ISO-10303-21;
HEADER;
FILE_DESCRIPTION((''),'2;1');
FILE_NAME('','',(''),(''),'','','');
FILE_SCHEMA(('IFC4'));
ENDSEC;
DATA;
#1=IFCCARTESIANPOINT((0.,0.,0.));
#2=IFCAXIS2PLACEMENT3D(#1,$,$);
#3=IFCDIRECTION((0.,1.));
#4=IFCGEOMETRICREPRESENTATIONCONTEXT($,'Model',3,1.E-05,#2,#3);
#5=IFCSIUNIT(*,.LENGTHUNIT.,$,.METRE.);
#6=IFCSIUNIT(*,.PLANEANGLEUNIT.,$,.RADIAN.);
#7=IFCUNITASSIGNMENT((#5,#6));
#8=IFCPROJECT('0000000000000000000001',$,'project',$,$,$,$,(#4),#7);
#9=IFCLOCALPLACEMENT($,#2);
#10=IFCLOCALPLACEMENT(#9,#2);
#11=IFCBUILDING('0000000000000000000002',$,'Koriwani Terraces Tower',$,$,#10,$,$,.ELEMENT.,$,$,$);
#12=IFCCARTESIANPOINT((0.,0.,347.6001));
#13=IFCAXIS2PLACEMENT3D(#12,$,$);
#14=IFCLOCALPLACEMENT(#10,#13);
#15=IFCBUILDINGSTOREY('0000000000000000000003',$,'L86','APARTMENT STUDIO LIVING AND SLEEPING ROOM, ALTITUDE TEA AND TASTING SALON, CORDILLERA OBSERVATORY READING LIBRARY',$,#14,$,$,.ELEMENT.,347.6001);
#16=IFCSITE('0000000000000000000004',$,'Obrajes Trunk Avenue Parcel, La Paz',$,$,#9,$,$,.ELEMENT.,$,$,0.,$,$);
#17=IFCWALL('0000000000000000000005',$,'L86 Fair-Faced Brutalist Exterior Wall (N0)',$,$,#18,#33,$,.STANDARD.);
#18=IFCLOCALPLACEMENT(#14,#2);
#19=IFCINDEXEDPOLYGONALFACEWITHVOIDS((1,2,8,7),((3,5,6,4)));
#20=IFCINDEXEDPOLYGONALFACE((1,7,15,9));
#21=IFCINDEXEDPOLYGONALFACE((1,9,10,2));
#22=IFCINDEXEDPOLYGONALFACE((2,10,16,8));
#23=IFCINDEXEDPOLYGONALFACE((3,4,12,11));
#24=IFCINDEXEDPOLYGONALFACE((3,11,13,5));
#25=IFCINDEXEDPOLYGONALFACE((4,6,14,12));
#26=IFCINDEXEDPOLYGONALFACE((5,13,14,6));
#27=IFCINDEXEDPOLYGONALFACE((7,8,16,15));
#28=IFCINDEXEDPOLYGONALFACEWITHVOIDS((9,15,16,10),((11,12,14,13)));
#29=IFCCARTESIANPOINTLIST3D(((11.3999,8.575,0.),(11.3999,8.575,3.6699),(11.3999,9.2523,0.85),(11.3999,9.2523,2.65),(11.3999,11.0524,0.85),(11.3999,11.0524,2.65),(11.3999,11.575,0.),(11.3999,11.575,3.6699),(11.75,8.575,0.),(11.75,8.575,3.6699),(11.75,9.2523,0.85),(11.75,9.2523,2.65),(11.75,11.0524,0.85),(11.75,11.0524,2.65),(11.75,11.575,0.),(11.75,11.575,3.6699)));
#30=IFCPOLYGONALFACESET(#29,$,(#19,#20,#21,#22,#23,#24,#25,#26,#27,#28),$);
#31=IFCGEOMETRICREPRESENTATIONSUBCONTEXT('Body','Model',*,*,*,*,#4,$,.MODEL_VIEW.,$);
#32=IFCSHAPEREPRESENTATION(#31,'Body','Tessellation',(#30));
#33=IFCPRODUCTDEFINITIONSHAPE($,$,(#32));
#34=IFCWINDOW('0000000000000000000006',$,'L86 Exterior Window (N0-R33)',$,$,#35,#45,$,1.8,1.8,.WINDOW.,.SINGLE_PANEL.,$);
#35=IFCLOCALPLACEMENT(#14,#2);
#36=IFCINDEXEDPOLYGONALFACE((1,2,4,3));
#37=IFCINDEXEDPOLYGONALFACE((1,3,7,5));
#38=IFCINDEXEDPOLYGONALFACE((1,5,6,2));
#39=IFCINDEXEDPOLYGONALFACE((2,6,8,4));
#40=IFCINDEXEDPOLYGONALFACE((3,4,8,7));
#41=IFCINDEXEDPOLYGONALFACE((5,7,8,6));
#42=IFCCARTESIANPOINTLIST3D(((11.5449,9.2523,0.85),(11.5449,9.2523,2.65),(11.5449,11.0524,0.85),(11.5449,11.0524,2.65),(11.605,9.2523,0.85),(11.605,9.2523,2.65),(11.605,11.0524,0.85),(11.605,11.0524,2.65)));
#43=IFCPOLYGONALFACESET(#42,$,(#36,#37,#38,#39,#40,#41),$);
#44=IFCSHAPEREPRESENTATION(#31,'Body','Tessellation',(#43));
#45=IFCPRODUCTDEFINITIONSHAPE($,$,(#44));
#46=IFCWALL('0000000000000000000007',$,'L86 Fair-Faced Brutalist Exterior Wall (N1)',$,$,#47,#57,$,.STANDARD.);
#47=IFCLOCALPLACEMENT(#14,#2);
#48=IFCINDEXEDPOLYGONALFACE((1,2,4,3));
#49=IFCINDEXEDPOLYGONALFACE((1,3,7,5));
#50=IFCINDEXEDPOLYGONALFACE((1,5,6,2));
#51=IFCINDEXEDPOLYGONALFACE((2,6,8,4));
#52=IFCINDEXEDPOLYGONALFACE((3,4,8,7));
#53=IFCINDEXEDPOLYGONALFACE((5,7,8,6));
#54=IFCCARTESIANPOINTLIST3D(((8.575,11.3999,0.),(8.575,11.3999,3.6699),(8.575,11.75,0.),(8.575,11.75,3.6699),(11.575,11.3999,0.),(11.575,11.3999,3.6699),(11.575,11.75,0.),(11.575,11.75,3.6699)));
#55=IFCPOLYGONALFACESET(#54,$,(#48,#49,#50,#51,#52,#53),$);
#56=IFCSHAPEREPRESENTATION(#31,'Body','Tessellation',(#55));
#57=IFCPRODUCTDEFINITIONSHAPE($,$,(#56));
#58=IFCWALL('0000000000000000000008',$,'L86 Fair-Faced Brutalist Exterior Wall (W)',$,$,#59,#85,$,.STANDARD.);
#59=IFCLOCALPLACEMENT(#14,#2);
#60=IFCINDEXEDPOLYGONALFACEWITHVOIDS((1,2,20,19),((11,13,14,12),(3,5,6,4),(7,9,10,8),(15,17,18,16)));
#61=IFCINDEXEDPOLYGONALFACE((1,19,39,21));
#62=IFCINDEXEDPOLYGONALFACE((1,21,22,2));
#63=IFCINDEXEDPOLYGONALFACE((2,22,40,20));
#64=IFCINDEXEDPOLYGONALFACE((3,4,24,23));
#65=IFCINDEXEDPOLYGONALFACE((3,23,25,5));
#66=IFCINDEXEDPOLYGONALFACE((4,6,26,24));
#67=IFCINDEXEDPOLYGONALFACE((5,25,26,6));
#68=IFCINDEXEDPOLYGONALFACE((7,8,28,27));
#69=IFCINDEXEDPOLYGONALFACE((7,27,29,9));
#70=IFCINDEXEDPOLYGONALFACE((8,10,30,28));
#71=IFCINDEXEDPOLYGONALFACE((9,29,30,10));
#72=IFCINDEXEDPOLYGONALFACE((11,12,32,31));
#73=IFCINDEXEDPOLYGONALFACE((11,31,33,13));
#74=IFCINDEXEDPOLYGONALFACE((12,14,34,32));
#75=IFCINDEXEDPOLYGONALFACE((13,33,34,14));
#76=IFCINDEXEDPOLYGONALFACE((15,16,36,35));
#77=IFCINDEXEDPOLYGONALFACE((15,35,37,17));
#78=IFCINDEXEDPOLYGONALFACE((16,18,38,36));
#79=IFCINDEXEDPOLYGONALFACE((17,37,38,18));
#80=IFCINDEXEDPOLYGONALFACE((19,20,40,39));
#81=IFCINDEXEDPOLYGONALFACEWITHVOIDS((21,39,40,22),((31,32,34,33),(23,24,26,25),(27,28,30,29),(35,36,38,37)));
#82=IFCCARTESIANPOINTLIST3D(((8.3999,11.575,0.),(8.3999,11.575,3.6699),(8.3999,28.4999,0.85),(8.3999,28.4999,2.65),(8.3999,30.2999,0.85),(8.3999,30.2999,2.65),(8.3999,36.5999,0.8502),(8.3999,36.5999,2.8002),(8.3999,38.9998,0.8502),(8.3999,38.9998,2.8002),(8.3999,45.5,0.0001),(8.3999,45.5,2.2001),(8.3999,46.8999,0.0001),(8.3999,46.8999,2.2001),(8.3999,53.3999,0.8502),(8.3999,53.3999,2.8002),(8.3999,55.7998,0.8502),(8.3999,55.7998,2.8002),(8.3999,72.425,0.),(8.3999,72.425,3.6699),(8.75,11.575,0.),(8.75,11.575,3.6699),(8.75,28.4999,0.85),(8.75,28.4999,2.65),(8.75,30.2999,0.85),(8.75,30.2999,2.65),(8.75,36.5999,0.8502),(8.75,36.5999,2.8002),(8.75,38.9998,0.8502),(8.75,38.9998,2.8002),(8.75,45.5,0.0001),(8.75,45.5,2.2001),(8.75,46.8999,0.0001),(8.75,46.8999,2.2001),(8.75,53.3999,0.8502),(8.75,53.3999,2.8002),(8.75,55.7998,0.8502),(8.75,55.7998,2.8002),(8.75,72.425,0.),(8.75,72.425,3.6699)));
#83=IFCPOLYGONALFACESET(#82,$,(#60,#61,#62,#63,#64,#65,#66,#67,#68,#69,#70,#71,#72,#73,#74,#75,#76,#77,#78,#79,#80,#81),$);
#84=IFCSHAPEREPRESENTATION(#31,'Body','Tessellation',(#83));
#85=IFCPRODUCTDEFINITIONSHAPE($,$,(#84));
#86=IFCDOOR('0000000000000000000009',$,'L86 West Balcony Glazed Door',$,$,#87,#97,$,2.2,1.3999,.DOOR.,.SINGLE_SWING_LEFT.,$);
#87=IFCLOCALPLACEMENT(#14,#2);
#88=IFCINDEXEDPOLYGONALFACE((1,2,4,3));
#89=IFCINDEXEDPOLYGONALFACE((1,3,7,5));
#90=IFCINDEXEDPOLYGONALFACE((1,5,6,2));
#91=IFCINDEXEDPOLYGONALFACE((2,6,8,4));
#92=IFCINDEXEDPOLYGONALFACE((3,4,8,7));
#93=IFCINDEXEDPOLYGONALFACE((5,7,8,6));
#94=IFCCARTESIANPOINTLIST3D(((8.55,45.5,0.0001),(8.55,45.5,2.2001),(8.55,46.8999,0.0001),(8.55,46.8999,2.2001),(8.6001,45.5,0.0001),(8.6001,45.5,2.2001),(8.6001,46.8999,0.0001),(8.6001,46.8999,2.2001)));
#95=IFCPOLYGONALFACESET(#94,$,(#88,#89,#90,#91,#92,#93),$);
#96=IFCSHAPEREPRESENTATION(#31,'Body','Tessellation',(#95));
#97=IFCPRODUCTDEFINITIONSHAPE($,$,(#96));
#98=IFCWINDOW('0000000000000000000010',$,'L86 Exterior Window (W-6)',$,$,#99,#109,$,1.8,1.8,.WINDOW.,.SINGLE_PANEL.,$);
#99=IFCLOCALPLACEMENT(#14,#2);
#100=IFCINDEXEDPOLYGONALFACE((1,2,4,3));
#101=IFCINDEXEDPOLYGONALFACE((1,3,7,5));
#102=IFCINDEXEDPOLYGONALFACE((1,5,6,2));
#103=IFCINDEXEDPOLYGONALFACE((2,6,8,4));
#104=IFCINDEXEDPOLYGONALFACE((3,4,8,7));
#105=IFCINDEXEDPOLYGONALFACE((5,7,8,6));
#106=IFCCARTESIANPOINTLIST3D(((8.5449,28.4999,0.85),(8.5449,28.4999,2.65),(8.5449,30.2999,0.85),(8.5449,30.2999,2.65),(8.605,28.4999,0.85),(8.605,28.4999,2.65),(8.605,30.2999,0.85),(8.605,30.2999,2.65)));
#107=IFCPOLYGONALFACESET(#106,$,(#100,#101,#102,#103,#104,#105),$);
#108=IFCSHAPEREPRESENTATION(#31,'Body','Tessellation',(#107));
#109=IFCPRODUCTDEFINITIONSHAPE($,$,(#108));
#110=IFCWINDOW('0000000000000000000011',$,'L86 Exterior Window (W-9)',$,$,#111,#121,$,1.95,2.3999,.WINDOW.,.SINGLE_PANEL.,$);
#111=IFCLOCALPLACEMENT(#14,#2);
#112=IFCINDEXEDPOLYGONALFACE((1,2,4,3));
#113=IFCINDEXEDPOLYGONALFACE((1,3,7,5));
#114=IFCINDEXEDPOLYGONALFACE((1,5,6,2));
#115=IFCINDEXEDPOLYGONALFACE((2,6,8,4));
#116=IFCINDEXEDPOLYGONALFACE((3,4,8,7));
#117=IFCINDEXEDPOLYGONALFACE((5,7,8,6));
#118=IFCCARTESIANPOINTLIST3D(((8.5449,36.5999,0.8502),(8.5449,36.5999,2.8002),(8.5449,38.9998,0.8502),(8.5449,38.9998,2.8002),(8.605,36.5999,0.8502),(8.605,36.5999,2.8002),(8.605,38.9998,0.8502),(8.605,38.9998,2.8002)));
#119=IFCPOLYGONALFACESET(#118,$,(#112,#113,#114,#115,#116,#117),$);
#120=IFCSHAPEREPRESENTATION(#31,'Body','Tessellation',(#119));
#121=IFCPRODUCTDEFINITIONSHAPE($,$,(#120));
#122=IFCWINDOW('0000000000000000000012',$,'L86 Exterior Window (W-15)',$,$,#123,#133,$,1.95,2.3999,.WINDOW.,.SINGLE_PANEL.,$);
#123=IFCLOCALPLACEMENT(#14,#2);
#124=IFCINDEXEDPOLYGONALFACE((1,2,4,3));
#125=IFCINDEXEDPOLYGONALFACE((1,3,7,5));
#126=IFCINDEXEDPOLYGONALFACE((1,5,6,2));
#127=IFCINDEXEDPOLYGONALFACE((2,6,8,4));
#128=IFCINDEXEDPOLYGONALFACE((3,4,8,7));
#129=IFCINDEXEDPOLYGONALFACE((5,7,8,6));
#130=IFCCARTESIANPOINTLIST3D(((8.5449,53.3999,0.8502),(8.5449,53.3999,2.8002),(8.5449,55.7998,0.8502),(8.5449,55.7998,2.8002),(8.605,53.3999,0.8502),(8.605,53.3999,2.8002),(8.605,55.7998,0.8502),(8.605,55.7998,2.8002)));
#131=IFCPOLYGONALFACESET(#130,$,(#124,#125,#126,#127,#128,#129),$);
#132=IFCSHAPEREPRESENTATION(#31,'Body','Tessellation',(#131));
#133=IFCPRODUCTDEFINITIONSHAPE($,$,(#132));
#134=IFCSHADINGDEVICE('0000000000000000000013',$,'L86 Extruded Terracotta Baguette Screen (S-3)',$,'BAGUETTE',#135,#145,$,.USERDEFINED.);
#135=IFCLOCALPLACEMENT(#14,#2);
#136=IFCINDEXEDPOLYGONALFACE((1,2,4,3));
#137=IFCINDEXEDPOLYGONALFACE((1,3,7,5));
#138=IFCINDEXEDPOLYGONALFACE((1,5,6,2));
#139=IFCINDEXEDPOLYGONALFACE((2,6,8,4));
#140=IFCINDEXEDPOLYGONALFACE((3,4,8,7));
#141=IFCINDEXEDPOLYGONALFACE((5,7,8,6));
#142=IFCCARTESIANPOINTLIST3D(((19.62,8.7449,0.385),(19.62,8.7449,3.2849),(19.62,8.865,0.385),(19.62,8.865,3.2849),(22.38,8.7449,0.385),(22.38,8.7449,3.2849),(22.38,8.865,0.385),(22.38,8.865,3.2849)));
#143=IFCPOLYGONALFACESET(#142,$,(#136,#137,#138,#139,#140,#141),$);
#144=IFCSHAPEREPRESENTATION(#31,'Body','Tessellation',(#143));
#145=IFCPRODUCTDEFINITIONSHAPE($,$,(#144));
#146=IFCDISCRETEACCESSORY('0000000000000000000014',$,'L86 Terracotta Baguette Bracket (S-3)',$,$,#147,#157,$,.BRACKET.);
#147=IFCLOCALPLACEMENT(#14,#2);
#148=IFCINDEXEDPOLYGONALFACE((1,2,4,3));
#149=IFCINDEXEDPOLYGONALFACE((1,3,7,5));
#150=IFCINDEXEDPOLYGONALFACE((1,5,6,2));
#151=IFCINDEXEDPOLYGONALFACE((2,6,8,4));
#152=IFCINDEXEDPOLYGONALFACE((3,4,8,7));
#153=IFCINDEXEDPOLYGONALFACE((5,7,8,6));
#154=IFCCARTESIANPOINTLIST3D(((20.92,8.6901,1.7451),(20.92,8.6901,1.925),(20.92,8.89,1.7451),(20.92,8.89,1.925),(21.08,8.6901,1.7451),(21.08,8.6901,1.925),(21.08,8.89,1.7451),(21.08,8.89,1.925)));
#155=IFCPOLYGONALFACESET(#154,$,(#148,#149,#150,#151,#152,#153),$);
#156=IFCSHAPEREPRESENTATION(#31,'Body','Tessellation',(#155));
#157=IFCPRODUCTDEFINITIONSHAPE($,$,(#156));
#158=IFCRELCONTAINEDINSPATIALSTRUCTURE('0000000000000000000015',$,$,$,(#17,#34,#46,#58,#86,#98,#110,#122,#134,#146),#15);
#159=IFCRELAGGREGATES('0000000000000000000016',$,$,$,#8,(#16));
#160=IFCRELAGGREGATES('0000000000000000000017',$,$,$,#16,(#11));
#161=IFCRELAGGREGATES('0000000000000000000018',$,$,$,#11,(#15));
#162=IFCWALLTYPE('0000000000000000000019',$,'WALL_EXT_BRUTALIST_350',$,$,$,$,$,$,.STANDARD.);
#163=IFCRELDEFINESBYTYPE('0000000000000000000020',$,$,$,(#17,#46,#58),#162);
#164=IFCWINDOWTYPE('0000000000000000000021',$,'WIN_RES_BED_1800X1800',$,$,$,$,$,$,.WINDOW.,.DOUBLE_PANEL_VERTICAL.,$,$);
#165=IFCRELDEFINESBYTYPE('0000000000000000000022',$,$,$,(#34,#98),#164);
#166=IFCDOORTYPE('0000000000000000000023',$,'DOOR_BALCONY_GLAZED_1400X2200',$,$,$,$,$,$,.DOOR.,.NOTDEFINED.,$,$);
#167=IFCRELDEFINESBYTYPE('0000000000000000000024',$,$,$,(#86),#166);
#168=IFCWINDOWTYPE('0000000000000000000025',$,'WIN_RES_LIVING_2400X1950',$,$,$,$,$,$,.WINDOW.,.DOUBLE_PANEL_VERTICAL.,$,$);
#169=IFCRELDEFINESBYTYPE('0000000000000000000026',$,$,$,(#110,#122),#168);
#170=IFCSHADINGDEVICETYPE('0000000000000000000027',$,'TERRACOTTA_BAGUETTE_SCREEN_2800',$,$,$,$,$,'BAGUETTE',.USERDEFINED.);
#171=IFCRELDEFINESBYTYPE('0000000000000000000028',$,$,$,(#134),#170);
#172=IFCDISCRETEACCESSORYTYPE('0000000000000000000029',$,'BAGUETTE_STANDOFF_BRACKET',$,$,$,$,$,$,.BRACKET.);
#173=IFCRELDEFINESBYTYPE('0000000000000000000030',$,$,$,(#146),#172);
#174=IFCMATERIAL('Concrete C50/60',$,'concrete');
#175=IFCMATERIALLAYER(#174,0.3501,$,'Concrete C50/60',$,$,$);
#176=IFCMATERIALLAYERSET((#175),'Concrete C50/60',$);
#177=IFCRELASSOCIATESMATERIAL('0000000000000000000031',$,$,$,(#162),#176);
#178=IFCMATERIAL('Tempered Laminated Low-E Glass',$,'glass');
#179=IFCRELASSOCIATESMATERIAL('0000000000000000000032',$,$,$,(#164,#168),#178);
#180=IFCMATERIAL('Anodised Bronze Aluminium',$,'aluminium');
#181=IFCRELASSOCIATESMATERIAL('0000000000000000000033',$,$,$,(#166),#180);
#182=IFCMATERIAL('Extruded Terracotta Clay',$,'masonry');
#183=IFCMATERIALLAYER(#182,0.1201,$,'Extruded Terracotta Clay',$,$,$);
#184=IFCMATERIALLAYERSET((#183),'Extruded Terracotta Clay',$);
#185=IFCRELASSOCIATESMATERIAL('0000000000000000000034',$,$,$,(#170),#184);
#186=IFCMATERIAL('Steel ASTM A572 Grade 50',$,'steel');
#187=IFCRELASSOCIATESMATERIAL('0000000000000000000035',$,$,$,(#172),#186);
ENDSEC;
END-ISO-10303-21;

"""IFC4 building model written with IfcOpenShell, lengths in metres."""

from ifc_helpers import new_model, si_unit, direction, frame, frame_2d, origin, origin_2d, place, context, subcontext, project, spatial, rectangle, extrude, material, layer, layer_set, type_object, element, fill, save


model = new_model("IFC4")

# Units and contexts
model_context = context("Model", 3, precision=1e-05, world=origin(), true_north=direction((0.0, 1.0)))
body_context = subcontext(model_context, "Body", "Model", "MODEL_VIEW")
ifc_project = project(units=[si_unit("LENGTHUNIT", "METRE"), si_unit("PLANEANGLEUNIT", "RADIAN")], contexts=[model_context])

# Site, building, storey
site_placement = place(None, origin())
site = spatial("IfcSite", under=ifc_project, at=site_placement, Name="Obrajes Trunk Avenue Parcel, La Paz", CompositionType="ELEMENT", RefElevation=0.0)
building_placement = place(site_placement, origin())
building = spatial("IfcBuilding", under=site, at=building_placement, Name="Koriwani Terraces Tower", CompositionType="ELEMENT")
storey_placement = place(building_placement, frame((0.0, 0.0, 347.6001)))
storey = spatial("IfcBuildingStorey", under=building, at=storey_placement, Name="L86", Description="APARTMENT STUDIO LIVING AND SLEEPING ROOM, ALTITUDE TEA AND TASTING SALON, CORDILLERA OBSERVATORY READING LIBRARY", CompositionType="ELEMENT", Elevation=347.6001)

# Shared definitions
ifc_material_1 = material(Name="Concrete C50/60", Category="concrete")

# Shared definitions
ifc_material_2 = material(Name="Steel ASTM A572 Grade 50", Category="steel")

# Wall, opening, window
ifc_layer_1 = layer(ifc_material_1, 0.3501, Name="Concrete C50/60")
ifc_layer_set_1 = layer_set([ifc_layer_1], Name="Concrete C50/60")
wall_type_1 = type_object("IfcWallType", Name="WALL_EXT_BRUTALIST_350", PredefinedType="STANDARD", material=ifc_layer_set_1)
wall_1_placement = place(storey_placement, frame((11.575, 8.575, 0.0), z_axis=(0.0, 0.0, 1.0), x_axis=(0.0, 1.0, 0.0)))
wall_1 = element("IfcWall", 1, at=wall_1_placement, inside=storey, type_object=wall_type_1, Name="L86 Fair-Faced Brutalist Exterior Wall (N0)", PredefinedType="STANDARD", context=body_context, shape_type="SweptSolid", body=[
    extrude(rectangle(XDim=3.0, YDim=0.3501, at=frame_2d((1.5, 0.0))), origin(), (0.0, 0.0, 1.0), 3.6699),
])
opening_1_placement = place(wall_1_placement, frame((0.6775, 0.0, 0.8501)))
opening_1 = element("IfcOpeningElement", 2, at=opening_1_placement, cuts=wall_1, PredefinedType="OPENING", context=body_context, shape_type="SweptSolid", body=[
    extrude(rectangle(XDim=1.8, YDim=1.8, at=frame_2d((0.8999, 0.8999))), frame((0.0, 0.1851, 0.0), z_axis=(0.0, -1.0, 0.0), x_axis=(1.0, 0.0, 0.0)), (0.0, 0.0, 1.0), 0.3701),
])
ifc_material_3 = material(Name="Tempered Laminated Low-E Glass", Category="glass")
window_type_1 = type_object("IfcWindowType", Name="WIN_RES_BED_1800X1800", PartitioningType="DOUBLE_PANEL_VERTICAL", PredefinedType="WINDOW", material=ifc_material_3)
window_1_placement = place(opening_1_placement, origin())
window_1 = element("IfcWindow", 3, at=window_1_placement, inside=storey, type_object=window_type_1, Name="L86 Exterior Window (N0-R33)", OverallHeight=1.8, OverallWidth=1.8, PartitioningType="SINGLE_PANEL", PredefinedType="WINDOW", context=body_context, shape_type="SweptSolid", body=[
    extrude(rectangle(XDim=1.8, YDim=1.8, at=frame_2d((0.8999, 0.8999))), frame((0.0, 0.03, 0.0), z_axis=(0.0, -1.0, 0.0), x_axis=(1.0, 0.0, 0.0)), (0.0, 0.0, 1.0), 0.0601),
])
fill(opening_1, window_1)

# Wall
wall_2_placement = place(storey_placement, frame((11.575, 11.575, 0.0), z_axis=(0.0, 0.0, 1.0), x_axis=(-1.0, 0.0, 0.0)))
element("IfcWall", 4, at=wall_2_placement, inside=storey, type_object=wall_type_1, Name="L86 Fair-Faced Brutalist Exterior Wall (N1)", PredefinedType="STANDARD", context=body_context, shape_type="SweptSolid", body=[
    extrude(rectangle(XDim=3.0, YDim=0.3501, at=frame_2d((1.5, 0.0))), origin(), (0.0, 0.0, 1.0), 3.6699),
])

# Wall, openings, door, windows
wall_3_placement = place(storey_placement, frame((8.575, 11.575, 0.0), z_axis=(0.0, 0.0, 1.0), x_axis=(0.0, 1.0, 0.0)))
wall_3 = element("IfcWall", 5, at=wall_3_placement, inside=storey, type_object=wall_type_1, Name="L86 Fair-Faced Brutalist Exterior Wall (W)", PredefinedType="STANDARD", context=body_context, shape_type="SweptSolid", body=[
    extrude(rectangle(XDim=60.8501, YDim=0.3501, at=frame_2d((30.425, 0.0))), origin(), (0.0, 0.0, 1.0), 3.6699),
])
opening_2_placement = place(wall_3_placement, frame((33.925, 0.0, 0.0)))
opening_2 = element("IfcOpeningElement", 6, at=opening_2_placement, cuts=wall_3, PredefinedType="OPENING", context=body_context, shape_type="SweptSolid", body=[
    extrude(rectangle(XDim=1.3999, YDim=2.2, at=frame_2d((0.7, 1.1001))), frame((0.0, 0.1851, 0.0), z_axis=(0.0, -1.0, 0.0), x_axis=(1.0, 0.0, 0.0)), (0.0, 0.0, 1.0), 0.3701),
])
opening_3_placement = place(wall_3_placement, frame((16.925, 0.0, 0.8501)))
opening_3 = element("IfcOpeningElement", 7, at=opening_3_placement, cuts=wall_3, PredefinedType="OPENING", context=body_context, shape_type="SweptSolid", body=[
    extrude(rectangle(XDim=1.8, YDim=1.8, at=frame_2d((0.8999, 0.8999))), frame((0.0, 0.1851, 0.0), z_axis=(0.0, -1.0, 0.0), x_axis=(1.0, 0.0, 0.0)), (0.0, 0.0, 1.0), 0.3701),
])
opening_4_placement = place(wall_3_placement, frame((25.0249, 0.0, 0.8501)))
opening_4 = element("IfcOpeningElement", 8, at=opening_4_placement, cuts=wall_3, PredefinedType="OPENING", context=body_context, shape_type="SweptSolid", body=[
    extrude(rectangle(XDim=2.3999, YDim=1.95, at=frame_2d((1.2, 0.9751))), frame((0.0, 0.1851, 0.0), z_axis=(0.0, -1.0, 0.0), x_axis=(1.0, 0.0, 0.0)), (0.0, 0.0, 1.0), 0.3701),
])
opening_5_placement = place(wall_3_placement, frame((41.825, 0.0, 0.8501)))
opening_5 = element("IfcOpeningElement", 9, at=opening_5_placement, cuts=wall_3, PredefinedType="OPENING", context=body_context, shape_type="SweptSolid", body=[
    extrude(rectangle(XDim=2.3999, YDim=1.95, at=frame_2d((1.2, 0.9751))), frame((0.0, 0.1851, 0.0), z_axis=(0.0, -1.0, 0.0), x_axis=(1.0, 0.0, 0.0)), (0.0, 0.0, 1.0), 0.3701),
])
ifc_material_4 = material(Name="Anodised Bronze Aluminium", Category="aluminium")
door_type = type_object("IfcDoorType", Name="DOOR_BALCONY_GLAZED_1400X2200", OperationType="NOTDEFINED", PredefinedType="DOOR", material=ifc_material_4)
door_placement = place(opening_2_placement, origin())
door = element("IfcDoor", 10, at=door_placement, inside=storey, type_object=door_type, Name="L86 West Balcony Glazed Door", OperationType="SINGLE_SWING_LEFT", OverallHeight=2.2, OverallWidth=1.3999, PredefinedType="DOOR", context=body_context, shape_type="SweptSolid", body=[
    extrude(rectangle(XDim=1.3999, YDim=2.2, at=frame_2d((0.7, 1.1001))), frame((0.0, 0.0249, 0.0), z_axis=(0.0, -1.0, 0.0), x_axis=(1.0, 0.0, 0.0)), (0.0, 0.0, 1.0), 0.05),
])
fill(opening_2, door)
window_2_placement = place(opening_3_placement, origin())
window_2 = element("IfcWindow", 11, at=window_2_placement, inside=storey, type_object=window_type_1, Name="L86 Exterior Window (W-6)", OverallHeight=1.8, OverallWidth=1.8, PartitioningType="SINGLE_PANEL", PredefinedType="WINDOW", context=body_context, shape_type="SweptSolid", body=[
    extrude(rectangle(XDim=1.8, YDim=1.8, at=frame_2d((0.8999, 0.8999))), frame((0.0, 0.03, 0.0), z_axis=(0.0, -1.0, 0.0), x_axis=(1.0, 0.0, 0.0)), (0.0, 0.0, 1.0), 0.0601),
])
fill(opening_3, window_2)
window_type_2 = type_object("IfcWindowType", Name="WIN_RES_LIVING_2400X1950", PartitioningType="DOUBLE_PANEL_VERTICAL", PredefinedType="WINDOW", material=ifc_material_3)
window_3_placement = place(opening_4_placement, origin())
window_3 = element("IfcWindow", 12, at=window_3_placement, inside=storey, type_object=window_type_2, Name="L86 Exterior Window (W-9)", OverallHeight=1.95, OverallWidth=2.3999, PartitioningType="SINGLE_PANEL", PredefinedType="WINDOW", context=body_context, shape_type="SweptSolid", body=[
    extrude(rectangle(XDim=2.3999, YDim=1.95, at=frame_2d((1.2, 0.9751))), frame((0.0, 0.03, 0.0), z_axis=(0.0, -1.0, 0.0), x_axis=(1.0, 0.0, 0.0)), (0.0, 0.0, 1.0), 0.0601),
])
fill(opening_4, window_3)
window_4_placement = place(opening_5_placement, origin())
window_4 = element("IfcWindow", 13, at=window_4_placement, inside=storey, type_object=window_type_2, Name="L86 Exterior Window (W-15)", OverallHeight=1.95, OverallWidth=2.3999, PartitioningType="SINGLE_PANEL", PredefinedType="WINDOW", context=body_context, shape_type="SweptSolid", body=[
    extrude(rectangle(XDim=2.3999, YDim=1.95, at=frame_2d((1.2, 0.9751))), frame((0.0, 0.03, 0.0), z_axis=(0.0, -1.0, 0.0), x_axis=(1.0, 0.0, 0.0)), (0.0, 0.0, 1.0), 0.0601),
])
fill(opening_5, window_4)

# Shading device
ifc_material_5 = material(Name="Extruded Terracotta Clay", Category="masonry")
ifc_layer_2 = layer(ifc_material_5, 0.1201, Name="Extruded Terracotta Clay")
ifc_layer_set_2 = layer_set([ifc_layer_2], Name="Extruded Terracotta Clay")
shading_device_type = type_object("IfcShadingDeviceType", Name="TERRACOTTA_BAGUETTE_SCREEN_2800", ElementType="BAGUETTE", PredefinedType="USERDEFINED", material=ifc_layer_set_2)
shading_device_placement = place(storey_placement, frame((21.0, 8.8049, 0.385), z_axis=(0.0, 0.0, 1.0), x_axis=(-1.0, 0.0, 0.0)))
element("IfcShadingDevice", 14, at=shading_device_placement, inside=storey, type_object=shading_device_type, Name="L86 Extruded Terracotta Baguette Screen (S-3)", ObjectType="BAGUETTE", PredefinedType="USERDEFINED", context=body_context, shape_type="SweptSolid", body=[
    extrude(rectangle(XDim=2.76, YDim=0.1201, at=origin_2d()), origin(), (0.0, 0.0, 1.0), 2.8999),
])

# Discrete accessory
discrete_accessory_type = type_object("IfcDiscreteAccessoryType", Name="BAGUETTE_STANDOFF_BRACKET", PredefinedType="BRACKET", material=ifc_material_2)
discrete_accessory_placement = place(storey_placement, frame((21.0, 8.79, 1.7451), z_axis=(0.0, 0.0, 1.0), x_axis=(-1.0, 0.0, 0.0)))
element("IfcDiscreteAccessory", 15, at=discrete_accessory_placement, inside=storey, type_object=discrete_accessory_type, Name="L86 Terracotta Baguette Bracket (S-3)", PredefinedType="BRACKET", context=body_context, shape_type="SweptSolid", body=[
    extrude(rectangle(XDim=0.1599, YDim=0.2, at=origin_2d()), origin(), (0.0, 0.0, 1.0), 0.1799),
])

save(model, "model.ifc")
